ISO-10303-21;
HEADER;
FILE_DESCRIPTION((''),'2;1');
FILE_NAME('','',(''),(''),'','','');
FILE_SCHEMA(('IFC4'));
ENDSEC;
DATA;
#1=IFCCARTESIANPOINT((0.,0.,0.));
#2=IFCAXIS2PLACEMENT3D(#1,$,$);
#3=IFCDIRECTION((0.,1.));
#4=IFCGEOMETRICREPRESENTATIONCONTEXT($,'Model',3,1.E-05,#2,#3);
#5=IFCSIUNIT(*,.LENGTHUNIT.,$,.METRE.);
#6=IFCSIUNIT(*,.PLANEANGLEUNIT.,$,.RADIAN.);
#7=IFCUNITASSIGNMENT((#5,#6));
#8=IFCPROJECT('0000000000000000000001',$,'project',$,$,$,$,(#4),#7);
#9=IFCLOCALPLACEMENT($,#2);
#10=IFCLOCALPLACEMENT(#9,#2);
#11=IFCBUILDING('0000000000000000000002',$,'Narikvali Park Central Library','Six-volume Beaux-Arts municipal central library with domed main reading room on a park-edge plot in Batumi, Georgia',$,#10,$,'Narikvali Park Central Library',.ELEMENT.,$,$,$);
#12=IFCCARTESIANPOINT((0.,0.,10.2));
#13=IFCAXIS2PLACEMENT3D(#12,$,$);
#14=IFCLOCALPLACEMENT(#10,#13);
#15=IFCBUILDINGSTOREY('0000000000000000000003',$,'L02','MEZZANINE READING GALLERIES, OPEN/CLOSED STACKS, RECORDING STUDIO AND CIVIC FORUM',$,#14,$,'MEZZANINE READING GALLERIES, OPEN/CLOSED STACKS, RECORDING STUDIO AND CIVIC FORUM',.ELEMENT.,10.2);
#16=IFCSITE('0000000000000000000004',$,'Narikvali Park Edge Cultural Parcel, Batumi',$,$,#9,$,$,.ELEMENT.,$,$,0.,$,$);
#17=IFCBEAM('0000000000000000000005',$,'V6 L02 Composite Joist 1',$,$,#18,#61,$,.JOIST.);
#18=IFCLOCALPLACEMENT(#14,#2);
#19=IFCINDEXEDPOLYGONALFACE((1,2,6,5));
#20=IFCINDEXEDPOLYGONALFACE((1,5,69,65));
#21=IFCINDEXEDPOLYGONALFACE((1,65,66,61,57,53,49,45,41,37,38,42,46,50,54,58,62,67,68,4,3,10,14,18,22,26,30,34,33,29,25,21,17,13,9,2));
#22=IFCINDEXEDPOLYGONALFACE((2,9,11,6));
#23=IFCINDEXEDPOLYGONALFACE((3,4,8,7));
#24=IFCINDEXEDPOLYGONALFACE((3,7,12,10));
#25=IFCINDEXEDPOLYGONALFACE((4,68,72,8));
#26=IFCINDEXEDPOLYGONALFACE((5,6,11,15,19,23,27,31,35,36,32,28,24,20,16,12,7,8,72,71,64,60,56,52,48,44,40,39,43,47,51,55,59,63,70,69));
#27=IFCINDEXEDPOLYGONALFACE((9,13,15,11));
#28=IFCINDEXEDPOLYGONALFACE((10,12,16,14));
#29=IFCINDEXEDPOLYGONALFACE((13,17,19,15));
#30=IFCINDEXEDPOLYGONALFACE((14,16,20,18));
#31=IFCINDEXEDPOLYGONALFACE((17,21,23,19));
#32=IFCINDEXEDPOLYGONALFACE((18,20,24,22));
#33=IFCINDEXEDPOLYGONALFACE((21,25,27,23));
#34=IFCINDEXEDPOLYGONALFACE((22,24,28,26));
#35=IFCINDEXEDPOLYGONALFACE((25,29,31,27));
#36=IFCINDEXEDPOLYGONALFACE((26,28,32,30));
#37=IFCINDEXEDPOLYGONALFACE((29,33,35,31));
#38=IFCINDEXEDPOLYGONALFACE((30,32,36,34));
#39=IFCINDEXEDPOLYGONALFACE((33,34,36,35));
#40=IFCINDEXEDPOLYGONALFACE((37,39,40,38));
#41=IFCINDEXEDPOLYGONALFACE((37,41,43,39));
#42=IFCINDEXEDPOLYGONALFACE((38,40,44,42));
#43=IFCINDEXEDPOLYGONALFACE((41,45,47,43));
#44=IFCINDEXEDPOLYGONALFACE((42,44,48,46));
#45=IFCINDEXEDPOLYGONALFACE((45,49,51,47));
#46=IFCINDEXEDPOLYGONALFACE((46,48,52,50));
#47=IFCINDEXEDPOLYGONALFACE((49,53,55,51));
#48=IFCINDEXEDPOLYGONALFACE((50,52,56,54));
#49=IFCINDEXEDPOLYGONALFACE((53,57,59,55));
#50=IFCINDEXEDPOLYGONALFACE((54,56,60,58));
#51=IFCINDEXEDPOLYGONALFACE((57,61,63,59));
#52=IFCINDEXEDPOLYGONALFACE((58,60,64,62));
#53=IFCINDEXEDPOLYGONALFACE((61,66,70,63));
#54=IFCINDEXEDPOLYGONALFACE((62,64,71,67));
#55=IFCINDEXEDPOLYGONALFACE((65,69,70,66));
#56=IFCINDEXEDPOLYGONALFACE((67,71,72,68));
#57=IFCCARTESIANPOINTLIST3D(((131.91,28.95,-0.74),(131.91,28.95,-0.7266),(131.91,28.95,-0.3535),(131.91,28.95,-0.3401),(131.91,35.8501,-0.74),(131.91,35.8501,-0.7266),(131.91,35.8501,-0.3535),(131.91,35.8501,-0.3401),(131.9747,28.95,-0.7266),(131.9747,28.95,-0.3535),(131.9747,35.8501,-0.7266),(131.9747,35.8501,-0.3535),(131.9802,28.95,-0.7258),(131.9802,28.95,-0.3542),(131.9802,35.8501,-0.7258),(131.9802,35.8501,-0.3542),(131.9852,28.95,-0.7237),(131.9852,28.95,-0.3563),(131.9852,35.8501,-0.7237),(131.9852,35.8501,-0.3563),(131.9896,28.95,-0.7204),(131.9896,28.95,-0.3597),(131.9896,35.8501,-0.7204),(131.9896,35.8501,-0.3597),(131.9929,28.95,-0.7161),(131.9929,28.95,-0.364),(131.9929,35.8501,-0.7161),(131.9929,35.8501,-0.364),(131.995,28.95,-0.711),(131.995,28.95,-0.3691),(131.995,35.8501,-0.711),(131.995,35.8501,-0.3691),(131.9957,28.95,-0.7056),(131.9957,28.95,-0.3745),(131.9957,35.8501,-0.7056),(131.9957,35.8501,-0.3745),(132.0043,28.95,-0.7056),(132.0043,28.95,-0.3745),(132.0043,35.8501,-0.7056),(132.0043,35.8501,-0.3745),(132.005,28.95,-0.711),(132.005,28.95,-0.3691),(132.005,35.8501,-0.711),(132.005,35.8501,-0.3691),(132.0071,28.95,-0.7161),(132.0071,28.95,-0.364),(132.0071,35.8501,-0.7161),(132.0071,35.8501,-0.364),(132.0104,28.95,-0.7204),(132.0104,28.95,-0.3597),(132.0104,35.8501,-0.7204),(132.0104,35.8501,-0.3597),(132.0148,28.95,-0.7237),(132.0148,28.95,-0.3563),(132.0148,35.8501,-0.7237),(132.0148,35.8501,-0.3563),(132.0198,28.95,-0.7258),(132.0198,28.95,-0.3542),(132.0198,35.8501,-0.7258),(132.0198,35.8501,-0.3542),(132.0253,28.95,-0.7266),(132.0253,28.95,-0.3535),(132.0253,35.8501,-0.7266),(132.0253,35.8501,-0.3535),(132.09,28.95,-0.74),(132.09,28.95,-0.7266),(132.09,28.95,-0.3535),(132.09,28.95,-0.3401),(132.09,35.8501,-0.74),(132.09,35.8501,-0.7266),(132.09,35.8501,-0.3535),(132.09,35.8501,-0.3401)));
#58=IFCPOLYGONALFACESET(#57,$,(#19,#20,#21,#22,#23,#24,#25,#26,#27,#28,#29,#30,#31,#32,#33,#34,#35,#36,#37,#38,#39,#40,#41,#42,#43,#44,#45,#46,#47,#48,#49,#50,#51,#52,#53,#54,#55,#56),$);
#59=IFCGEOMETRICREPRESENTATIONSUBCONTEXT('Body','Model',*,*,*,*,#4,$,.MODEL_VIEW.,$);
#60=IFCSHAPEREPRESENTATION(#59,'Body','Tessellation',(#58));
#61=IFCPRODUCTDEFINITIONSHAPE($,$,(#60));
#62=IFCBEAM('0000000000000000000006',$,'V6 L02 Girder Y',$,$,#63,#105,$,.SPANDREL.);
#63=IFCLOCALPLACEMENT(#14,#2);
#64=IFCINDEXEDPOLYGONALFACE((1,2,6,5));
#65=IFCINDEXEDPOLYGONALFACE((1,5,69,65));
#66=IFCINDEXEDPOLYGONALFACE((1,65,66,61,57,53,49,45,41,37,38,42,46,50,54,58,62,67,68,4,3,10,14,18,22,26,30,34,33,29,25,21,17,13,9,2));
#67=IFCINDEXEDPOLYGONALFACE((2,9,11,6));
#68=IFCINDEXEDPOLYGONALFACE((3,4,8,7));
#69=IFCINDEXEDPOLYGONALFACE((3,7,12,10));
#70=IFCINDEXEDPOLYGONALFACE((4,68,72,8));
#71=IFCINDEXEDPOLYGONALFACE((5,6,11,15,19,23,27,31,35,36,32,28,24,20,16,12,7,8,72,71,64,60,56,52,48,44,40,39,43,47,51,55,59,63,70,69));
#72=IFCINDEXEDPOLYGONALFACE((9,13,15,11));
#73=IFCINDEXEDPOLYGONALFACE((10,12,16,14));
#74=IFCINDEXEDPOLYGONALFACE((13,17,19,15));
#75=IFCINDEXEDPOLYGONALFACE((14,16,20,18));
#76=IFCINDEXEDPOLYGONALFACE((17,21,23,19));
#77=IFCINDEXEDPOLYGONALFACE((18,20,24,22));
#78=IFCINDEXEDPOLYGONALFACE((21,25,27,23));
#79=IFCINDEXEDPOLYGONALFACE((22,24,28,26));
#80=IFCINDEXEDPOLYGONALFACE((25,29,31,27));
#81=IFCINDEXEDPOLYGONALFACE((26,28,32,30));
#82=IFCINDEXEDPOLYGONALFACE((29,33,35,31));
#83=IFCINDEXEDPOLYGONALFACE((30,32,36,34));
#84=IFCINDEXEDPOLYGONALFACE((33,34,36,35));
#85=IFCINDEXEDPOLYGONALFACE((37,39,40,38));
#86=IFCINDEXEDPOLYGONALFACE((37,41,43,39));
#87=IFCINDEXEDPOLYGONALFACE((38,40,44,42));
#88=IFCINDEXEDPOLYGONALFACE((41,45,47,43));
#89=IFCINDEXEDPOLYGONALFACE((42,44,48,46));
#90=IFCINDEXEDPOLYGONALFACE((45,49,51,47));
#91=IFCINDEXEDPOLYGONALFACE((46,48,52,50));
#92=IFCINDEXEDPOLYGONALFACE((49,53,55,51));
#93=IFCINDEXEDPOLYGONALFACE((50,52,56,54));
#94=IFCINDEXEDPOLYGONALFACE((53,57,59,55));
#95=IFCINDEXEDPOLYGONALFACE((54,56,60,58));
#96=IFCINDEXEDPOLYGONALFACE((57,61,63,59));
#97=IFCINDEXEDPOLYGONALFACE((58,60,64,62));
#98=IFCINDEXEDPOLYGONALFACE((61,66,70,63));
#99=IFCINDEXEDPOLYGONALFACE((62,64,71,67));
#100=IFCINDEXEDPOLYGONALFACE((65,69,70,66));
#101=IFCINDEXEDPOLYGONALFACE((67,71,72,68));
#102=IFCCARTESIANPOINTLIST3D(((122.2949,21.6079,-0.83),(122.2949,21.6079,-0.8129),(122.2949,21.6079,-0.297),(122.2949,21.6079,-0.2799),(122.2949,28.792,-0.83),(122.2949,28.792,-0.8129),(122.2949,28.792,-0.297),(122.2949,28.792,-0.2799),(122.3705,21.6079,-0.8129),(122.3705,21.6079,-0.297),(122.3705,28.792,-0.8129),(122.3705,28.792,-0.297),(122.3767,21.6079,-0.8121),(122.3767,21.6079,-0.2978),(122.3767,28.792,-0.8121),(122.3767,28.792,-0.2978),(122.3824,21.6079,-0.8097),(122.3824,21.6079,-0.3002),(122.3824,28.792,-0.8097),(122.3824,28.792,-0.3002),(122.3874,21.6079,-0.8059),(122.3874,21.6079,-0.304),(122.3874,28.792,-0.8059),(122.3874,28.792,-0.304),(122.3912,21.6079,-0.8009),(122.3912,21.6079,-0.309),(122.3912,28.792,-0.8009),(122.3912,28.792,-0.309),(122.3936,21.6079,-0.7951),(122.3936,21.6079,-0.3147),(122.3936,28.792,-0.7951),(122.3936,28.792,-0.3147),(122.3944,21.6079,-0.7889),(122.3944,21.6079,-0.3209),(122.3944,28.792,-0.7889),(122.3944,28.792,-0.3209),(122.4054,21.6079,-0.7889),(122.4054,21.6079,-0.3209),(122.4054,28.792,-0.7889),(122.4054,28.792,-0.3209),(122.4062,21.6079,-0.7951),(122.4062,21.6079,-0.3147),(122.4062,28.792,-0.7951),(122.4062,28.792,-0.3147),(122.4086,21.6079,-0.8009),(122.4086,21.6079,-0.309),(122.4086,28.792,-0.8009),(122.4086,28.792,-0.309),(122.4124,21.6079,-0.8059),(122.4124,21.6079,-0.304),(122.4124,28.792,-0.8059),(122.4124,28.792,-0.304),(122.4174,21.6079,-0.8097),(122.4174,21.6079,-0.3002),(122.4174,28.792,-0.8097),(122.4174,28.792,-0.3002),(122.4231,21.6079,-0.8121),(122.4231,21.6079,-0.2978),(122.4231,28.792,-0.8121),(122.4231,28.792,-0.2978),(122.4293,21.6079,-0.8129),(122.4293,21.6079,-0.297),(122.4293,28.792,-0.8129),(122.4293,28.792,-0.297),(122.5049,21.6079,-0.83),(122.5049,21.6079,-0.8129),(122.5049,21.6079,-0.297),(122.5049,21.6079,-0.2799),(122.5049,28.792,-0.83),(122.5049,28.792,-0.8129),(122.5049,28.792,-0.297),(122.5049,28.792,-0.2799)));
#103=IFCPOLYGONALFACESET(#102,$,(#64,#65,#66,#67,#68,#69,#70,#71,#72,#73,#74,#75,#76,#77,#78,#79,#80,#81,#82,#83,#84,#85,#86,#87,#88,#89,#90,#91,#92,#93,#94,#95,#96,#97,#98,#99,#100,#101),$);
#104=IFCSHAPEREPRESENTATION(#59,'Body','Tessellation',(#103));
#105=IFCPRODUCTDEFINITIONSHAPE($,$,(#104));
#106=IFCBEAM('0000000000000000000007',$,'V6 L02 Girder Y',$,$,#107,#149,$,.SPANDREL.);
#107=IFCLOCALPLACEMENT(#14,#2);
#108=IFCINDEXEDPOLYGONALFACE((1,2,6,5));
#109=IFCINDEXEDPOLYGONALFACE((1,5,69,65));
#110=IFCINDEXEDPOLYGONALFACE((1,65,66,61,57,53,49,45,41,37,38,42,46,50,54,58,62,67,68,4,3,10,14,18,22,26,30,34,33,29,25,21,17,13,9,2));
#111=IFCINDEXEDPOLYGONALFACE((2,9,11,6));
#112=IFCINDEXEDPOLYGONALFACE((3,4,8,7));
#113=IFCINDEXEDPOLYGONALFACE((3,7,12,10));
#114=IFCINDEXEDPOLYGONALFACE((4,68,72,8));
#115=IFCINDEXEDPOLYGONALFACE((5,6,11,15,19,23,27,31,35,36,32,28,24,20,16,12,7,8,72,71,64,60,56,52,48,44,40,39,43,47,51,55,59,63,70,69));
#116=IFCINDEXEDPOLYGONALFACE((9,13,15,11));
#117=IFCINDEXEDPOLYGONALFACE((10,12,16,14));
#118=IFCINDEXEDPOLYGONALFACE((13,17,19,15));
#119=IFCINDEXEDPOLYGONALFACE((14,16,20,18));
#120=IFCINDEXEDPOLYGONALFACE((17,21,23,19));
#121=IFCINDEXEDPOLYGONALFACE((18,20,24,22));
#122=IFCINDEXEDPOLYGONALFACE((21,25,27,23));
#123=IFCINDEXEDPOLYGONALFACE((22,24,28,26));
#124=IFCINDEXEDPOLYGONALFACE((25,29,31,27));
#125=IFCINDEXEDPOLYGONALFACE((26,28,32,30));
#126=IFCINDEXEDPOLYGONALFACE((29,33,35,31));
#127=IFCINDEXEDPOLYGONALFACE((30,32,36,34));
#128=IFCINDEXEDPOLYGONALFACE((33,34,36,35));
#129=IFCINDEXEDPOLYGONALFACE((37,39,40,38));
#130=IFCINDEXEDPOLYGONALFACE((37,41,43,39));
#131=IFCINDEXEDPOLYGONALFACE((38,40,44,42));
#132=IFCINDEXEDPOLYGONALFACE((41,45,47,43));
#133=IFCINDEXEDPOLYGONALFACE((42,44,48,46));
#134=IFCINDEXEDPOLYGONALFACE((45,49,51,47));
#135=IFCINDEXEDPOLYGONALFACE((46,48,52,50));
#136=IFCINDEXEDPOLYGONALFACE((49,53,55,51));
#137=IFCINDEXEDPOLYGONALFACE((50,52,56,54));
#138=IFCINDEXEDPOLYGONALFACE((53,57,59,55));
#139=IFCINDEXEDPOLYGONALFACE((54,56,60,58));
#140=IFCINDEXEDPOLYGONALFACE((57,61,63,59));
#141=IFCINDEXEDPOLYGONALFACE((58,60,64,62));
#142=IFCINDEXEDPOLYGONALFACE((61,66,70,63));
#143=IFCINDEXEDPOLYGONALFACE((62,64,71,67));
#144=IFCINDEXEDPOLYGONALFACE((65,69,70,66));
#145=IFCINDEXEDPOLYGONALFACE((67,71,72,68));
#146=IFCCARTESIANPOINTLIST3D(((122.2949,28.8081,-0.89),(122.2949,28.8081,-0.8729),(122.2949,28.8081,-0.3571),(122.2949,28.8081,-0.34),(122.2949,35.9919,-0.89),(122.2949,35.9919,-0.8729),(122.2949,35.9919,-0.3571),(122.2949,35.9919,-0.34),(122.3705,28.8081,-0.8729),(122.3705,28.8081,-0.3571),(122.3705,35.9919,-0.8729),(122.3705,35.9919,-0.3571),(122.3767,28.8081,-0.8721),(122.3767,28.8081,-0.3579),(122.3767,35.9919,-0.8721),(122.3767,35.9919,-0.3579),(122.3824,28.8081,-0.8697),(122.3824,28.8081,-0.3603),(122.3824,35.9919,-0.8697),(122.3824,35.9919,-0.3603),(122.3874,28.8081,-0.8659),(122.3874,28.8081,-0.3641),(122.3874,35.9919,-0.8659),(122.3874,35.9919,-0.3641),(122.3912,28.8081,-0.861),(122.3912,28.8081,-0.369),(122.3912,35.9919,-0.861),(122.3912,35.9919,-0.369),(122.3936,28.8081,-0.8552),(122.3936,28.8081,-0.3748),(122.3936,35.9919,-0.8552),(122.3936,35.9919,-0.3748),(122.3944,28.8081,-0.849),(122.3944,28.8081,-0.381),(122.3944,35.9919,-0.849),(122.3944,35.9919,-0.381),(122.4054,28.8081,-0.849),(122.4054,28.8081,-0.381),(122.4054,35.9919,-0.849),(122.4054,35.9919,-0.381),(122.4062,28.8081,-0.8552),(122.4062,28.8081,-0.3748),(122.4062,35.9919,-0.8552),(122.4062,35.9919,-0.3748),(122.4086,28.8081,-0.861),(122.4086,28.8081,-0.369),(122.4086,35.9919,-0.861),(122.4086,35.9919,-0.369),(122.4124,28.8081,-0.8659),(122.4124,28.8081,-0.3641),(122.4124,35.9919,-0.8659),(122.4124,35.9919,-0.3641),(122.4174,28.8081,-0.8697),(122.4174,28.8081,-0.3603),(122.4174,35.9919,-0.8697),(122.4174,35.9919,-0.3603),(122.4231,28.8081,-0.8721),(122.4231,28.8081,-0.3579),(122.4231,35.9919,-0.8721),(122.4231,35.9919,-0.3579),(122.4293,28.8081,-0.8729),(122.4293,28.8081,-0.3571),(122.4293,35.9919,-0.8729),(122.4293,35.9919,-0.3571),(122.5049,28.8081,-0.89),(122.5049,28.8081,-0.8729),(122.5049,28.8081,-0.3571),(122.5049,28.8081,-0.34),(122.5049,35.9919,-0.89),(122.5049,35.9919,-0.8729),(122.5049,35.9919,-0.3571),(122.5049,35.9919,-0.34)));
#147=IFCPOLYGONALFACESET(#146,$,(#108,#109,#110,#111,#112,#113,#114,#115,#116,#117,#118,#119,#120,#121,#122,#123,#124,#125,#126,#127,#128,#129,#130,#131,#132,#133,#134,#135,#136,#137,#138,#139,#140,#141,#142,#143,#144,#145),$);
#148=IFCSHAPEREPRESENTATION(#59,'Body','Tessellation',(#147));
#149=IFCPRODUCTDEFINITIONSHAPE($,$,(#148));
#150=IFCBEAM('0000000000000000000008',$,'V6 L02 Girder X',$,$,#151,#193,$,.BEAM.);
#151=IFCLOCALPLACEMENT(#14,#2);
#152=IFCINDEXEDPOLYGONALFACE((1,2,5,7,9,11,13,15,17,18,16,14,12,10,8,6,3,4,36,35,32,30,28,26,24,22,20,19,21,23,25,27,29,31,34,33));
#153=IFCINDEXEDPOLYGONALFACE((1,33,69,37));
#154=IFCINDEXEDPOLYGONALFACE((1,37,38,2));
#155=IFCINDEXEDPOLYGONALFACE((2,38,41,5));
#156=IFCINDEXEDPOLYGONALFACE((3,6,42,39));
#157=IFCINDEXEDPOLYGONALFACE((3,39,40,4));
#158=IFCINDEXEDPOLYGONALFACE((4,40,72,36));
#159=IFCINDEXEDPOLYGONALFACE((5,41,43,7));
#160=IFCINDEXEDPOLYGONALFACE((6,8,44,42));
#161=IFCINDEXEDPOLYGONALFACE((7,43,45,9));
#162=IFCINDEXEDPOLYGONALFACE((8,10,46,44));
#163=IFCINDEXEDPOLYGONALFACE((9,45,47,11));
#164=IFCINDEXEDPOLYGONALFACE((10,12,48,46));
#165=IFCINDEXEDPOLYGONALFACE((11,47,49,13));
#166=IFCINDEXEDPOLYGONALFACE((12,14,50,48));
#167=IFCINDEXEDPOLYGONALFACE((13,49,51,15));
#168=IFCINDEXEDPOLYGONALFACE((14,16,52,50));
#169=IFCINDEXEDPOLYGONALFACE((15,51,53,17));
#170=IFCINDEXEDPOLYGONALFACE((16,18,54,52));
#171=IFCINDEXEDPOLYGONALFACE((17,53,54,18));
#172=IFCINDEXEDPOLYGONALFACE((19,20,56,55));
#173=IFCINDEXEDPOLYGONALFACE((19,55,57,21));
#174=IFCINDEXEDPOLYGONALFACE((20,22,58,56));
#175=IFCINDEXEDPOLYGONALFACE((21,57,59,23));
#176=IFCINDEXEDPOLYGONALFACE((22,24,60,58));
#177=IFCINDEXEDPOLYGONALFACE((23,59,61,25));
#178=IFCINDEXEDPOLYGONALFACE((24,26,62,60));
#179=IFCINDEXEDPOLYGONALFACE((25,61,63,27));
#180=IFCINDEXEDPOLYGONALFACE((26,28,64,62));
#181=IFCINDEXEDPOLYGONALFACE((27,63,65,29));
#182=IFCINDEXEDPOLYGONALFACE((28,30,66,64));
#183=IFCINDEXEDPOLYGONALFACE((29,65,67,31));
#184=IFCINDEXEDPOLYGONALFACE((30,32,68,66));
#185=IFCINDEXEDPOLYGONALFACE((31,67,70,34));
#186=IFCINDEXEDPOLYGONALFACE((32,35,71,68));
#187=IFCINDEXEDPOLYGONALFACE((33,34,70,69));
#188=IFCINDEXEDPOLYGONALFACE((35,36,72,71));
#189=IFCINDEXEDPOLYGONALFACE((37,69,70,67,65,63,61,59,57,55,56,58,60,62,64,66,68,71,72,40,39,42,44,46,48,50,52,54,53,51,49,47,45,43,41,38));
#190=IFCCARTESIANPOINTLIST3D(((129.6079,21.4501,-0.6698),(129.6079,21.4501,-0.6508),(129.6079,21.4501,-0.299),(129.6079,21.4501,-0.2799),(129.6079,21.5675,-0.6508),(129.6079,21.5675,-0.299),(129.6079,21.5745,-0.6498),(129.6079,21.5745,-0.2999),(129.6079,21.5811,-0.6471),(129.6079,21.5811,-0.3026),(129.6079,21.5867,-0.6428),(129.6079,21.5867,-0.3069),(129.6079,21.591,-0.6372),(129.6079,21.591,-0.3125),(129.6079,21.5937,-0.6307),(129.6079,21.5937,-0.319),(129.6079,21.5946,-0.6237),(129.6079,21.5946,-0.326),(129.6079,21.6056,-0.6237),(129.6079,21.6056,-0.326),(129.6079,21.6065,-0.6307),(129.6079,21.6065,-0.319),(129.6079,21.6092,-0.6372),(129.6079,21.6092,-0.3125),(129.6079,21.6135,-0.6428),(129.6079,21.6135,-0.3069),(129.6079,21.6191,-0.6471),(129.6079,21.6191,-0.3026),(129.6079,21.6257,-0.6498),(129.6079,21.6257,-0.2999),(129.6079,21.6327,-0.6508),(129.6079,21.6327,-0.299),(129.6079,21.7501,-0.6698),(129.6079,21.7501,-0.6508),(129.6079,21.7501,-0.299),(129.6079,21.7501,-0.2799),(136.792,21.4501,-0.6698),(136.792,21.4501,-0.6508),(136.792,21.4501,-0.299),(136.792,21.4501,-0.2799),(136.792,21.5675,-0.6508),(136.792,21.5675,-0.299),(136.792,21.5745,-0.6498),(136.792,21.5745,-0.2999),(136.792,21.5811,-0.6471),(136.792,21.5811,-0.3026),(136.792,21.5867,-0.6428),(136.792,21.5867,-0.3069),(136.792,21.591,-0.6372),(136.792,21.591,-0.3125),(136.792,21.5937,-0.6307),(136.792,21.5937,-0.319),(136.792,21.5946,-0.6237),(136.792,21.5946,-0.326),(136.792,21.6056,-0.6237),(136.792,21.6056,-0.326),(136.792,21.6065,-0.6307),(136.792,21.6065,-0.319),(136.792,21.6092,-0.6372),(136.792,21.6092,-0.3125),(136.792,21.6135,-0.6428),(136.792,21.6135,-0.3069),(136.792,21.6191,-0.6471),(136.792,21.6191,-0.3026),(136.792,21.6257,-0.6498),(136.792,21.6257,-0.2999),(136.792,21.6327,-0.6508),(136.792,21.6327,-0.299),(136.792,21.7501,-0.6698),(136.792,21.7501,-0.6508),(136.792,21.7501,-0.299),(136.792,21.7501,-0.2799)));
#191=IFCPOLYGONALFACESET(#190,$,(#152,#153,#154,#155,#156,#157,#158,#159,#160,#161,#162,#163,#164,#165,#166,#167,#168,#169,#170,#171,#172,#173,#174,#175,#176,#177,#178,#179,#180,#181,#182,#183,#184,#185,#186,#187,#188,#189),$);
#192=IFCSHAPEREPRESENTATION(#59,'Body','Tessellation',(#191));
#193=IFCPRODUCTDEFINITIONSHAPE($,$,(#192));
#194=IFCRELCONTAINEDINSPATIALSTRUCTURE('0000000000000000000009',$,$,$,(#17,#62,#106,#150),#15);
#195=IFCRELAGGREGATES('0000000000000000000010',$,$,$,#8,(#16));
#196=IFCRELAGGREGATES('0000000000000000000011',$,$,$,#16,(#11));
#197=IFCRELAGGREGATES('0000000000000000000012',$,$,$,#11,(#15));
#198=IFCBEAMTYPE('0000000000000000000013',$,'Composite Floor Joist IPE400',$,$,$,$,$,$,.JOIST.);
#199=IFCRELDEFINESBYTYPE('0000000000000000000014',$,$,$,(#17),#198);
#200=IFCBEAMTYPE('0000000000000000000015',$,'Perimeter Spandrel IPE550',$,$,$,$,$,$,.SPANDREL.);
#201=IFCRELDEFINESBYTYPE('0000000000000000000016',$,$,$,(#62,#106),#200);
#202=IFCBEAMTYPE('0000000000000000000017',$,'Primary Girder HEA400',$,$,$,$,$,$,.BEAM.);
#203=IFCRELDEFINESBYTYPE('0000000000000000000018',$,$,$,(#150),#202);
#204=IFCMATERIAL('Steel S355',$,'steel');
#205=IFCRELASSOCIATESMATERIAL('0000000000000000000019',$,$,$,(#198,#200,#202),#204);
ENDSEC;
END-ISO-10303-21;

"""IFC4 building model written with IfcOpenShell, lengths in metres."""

from ifc_helpers import new_model, si_unit, direction, frame, origin, origin_2d, place, context, subcontext, project, spatial, i_section, extrude, material, material_profile, profile_set, type_object, element, save


model = new_model("IFC4")

# Units and contexts
model_context = context("Model", 3, precision=1e-05, world=origin(), true_north=direction((0.0, 1.0)))
body_context = subcontext(model_context, "Body", "Model", "MODEL_VIEW")
ifc_project = project(units=[si_unit("LENGTHUNIT", "METRE"), si_unit("PLANEANGLEUNIT", "RADIAN")], contexts=[model_context])

# Site, building, storey
site_placement = place(None, origin())
site = spatial("IfcSite", under=ifc_project, at=site_placement, Name="Narikvali Park Edge Cultural Parcel, Batumi", CompositionType="ELEMENT", RefElevation=0.0)
building_placement = place(site_placement, origin())
building = spatial("IfcBuilding", under=site, at=building_placement, Name="Narikvali Park Central Library", Description="Six-volume Beaux-Arts municipal central library with domed main reading room on a park-edge plot in Batumi, Georgia", LongName="Narikvali Park Central Library", CompositionType="ELEMENT")
storey_placement = place(building_placement, frame((0.0, 0.0, 10.2)))
storey = spatial("IfcBuildingStorey", under=building, at=storey_placement, Name="L02", Description="MEZZANINE READING GALLERIES, OPEN/CLOSED STACKS, RECORDING STUDIO AND CIVIC FORUM", LongName="MEZZANINE READING GALLERIES, OPEN/CLOSED STACKS, RECORDING STUDIO AND CIVIC FORUM", CompositionType="ELEMENT", Elevation=10.2)

# Shared definitions
ifc_material_1 = material(Name="Steel S355", Category="steel")

# Beams
ifc_material_profile_1 = material_profile(ifc_material_1, i_section(OverallWidth=0.1799, OverallDepth=0.3999, WebThickness=0.0085, FlangeThickness=0.0134, FilletRadius=0.021, at=origin_2d()), Name="IPE 400")
ifc_profile_set_1 = profile_set([ifc_material_profile_1], Name="Steel S355")
beam_type_1 = type_object("IfcBeamType", Name="Composite Floor Joist IPE400", PredefinedType="JOIST", material=ifc_profile_set_1)
beam_1_placement = place(storey_placement, frame((132.0, 28.95, -0.54), z_axis=(0.0, 1.0, 0.0), x_axis=(-1.0, 0.0, 0.0)))
element("IfcBeam", 1, at=beam_1_placement, inside=storey, type_object=beam_type_1, Name="V6 L02 Composite Joist 1", PredefinedType="JOIST", context=body_context, shape_type="SweptSolid", body=[
    extrude(i_section(OverallWidth=0.1799, OverallDepth=0.3999, WebThickness=0.0085, FlangeThickness=0.0134, FilletRadius=0.021, at=origin_2d()), origin(), (0.0, 0.0, 1.0), 6.9001),
])
ifc_material_profile_2 = material_profile(ifc_material_1, i_section(OverallWidth=0.21, OverallDepth=0.55, WebThickness=0.011, FlangeThickness=0.0171, FilletRadius=0.0239, at=origin_2d()), Name="IPE 550")
ifc_profile_set_2 = profile_set([ifc_material_profile_2], Name="Steel S355")
beam_type_2 = type_object("IfcBeamType", Name="Perimeter Spandrel IPE550", PredefinedType="SPANDREL", material=ifc_profile_set_2)
beam_2_placement = place(storey_placement, frame((122.3999, 21.6079, -0.5549), z_axis=(0.0, 1.0, 0.0), x_axis=(-1.0, 0.0, 0.0)))
element("IfcBeam", 2, at=beam_2_placement, inside=storey, type_object=beam_type_2, Name="V6 L02 Girder Y", PredefinedType="SPANDREL", context=body_context, shape_type="SweptSolid", body=[
    extrude(i_section(OverallWidth=0.21, OverallDepth=0.55, WebThickness=0.011, FlangeThickness=0.0171, FilletRadius=0.0239, at=origin_2d()), origin(), (0.0, 0.0, 1.0), 7.1841),
])
beam_3_placement = place(storey_placement, frame((122.3999, 28.8081, -0.615), z_axis=(0.0, 1.0, 0.0), x_axis=(-1.0, 0.0, 0.0)))
element("IfcBeam", 3, at=beam_3_placement, inside=storey, type_object=beam_type_2, Name="V6 L02 Girder Y", PredefinedType="SPANDREL", context=body_context, shape_type="SweptSolid", body=[
    extrude(i_section(OverallWidth=0.21, OverallDepth=0.55, WebThickness=0.011, FlangeThickness=0.0171, FilletRadius=0.0239, at=origin_2d()), origin(), (0.0, 0.0, 1.0), 7.1838),
])
ifc_material_profile_3 = material_profile(ifc_material_1, i_section(OverallWidth=0.3, OverallDepth=0.3899, WebThickness=0.011, FlangeThickness=0.019, FilletRadius=0.0271, at=origin_2d()), Name="HEA 400")
ifc_profile_set_3 = profile_set([ifc_material_profile_3], Name="Steel S355")
beam_type_3 = type_object("IfcBeamType", Name="Primary Girder HEA400", PredefinedType="BEAM", material=ifc_profile_set_3)
for number, where, z_axis, x_axis, name in (
    (4, (129.6079, 21.6001, -0.4749), (1.0, 0.0, 0.0), (0.0, 1.0, 0.0), "V6 L02 Girder X"),
):
    element("IfcBeam", number, at=place(storey_placement, frame(where, z_axis=z_axis, x_axis=x_axis)), inside=storey, type_object=beam_type_3, Name=name, PredefinedType="BEAM", context=body_context, shape_type="SweptSolid", body=[
        extrude(i_section(OverallWidth=0.3, OverallDepth=0.3899, WebThickness=0.011, FlangeThickness=0.019, FilletRadius=0.0271, at=origin_2d()), origin(), (0.0, 0.0, 1.0), 7.1841),
    ])

save(model, "model.ifc")
